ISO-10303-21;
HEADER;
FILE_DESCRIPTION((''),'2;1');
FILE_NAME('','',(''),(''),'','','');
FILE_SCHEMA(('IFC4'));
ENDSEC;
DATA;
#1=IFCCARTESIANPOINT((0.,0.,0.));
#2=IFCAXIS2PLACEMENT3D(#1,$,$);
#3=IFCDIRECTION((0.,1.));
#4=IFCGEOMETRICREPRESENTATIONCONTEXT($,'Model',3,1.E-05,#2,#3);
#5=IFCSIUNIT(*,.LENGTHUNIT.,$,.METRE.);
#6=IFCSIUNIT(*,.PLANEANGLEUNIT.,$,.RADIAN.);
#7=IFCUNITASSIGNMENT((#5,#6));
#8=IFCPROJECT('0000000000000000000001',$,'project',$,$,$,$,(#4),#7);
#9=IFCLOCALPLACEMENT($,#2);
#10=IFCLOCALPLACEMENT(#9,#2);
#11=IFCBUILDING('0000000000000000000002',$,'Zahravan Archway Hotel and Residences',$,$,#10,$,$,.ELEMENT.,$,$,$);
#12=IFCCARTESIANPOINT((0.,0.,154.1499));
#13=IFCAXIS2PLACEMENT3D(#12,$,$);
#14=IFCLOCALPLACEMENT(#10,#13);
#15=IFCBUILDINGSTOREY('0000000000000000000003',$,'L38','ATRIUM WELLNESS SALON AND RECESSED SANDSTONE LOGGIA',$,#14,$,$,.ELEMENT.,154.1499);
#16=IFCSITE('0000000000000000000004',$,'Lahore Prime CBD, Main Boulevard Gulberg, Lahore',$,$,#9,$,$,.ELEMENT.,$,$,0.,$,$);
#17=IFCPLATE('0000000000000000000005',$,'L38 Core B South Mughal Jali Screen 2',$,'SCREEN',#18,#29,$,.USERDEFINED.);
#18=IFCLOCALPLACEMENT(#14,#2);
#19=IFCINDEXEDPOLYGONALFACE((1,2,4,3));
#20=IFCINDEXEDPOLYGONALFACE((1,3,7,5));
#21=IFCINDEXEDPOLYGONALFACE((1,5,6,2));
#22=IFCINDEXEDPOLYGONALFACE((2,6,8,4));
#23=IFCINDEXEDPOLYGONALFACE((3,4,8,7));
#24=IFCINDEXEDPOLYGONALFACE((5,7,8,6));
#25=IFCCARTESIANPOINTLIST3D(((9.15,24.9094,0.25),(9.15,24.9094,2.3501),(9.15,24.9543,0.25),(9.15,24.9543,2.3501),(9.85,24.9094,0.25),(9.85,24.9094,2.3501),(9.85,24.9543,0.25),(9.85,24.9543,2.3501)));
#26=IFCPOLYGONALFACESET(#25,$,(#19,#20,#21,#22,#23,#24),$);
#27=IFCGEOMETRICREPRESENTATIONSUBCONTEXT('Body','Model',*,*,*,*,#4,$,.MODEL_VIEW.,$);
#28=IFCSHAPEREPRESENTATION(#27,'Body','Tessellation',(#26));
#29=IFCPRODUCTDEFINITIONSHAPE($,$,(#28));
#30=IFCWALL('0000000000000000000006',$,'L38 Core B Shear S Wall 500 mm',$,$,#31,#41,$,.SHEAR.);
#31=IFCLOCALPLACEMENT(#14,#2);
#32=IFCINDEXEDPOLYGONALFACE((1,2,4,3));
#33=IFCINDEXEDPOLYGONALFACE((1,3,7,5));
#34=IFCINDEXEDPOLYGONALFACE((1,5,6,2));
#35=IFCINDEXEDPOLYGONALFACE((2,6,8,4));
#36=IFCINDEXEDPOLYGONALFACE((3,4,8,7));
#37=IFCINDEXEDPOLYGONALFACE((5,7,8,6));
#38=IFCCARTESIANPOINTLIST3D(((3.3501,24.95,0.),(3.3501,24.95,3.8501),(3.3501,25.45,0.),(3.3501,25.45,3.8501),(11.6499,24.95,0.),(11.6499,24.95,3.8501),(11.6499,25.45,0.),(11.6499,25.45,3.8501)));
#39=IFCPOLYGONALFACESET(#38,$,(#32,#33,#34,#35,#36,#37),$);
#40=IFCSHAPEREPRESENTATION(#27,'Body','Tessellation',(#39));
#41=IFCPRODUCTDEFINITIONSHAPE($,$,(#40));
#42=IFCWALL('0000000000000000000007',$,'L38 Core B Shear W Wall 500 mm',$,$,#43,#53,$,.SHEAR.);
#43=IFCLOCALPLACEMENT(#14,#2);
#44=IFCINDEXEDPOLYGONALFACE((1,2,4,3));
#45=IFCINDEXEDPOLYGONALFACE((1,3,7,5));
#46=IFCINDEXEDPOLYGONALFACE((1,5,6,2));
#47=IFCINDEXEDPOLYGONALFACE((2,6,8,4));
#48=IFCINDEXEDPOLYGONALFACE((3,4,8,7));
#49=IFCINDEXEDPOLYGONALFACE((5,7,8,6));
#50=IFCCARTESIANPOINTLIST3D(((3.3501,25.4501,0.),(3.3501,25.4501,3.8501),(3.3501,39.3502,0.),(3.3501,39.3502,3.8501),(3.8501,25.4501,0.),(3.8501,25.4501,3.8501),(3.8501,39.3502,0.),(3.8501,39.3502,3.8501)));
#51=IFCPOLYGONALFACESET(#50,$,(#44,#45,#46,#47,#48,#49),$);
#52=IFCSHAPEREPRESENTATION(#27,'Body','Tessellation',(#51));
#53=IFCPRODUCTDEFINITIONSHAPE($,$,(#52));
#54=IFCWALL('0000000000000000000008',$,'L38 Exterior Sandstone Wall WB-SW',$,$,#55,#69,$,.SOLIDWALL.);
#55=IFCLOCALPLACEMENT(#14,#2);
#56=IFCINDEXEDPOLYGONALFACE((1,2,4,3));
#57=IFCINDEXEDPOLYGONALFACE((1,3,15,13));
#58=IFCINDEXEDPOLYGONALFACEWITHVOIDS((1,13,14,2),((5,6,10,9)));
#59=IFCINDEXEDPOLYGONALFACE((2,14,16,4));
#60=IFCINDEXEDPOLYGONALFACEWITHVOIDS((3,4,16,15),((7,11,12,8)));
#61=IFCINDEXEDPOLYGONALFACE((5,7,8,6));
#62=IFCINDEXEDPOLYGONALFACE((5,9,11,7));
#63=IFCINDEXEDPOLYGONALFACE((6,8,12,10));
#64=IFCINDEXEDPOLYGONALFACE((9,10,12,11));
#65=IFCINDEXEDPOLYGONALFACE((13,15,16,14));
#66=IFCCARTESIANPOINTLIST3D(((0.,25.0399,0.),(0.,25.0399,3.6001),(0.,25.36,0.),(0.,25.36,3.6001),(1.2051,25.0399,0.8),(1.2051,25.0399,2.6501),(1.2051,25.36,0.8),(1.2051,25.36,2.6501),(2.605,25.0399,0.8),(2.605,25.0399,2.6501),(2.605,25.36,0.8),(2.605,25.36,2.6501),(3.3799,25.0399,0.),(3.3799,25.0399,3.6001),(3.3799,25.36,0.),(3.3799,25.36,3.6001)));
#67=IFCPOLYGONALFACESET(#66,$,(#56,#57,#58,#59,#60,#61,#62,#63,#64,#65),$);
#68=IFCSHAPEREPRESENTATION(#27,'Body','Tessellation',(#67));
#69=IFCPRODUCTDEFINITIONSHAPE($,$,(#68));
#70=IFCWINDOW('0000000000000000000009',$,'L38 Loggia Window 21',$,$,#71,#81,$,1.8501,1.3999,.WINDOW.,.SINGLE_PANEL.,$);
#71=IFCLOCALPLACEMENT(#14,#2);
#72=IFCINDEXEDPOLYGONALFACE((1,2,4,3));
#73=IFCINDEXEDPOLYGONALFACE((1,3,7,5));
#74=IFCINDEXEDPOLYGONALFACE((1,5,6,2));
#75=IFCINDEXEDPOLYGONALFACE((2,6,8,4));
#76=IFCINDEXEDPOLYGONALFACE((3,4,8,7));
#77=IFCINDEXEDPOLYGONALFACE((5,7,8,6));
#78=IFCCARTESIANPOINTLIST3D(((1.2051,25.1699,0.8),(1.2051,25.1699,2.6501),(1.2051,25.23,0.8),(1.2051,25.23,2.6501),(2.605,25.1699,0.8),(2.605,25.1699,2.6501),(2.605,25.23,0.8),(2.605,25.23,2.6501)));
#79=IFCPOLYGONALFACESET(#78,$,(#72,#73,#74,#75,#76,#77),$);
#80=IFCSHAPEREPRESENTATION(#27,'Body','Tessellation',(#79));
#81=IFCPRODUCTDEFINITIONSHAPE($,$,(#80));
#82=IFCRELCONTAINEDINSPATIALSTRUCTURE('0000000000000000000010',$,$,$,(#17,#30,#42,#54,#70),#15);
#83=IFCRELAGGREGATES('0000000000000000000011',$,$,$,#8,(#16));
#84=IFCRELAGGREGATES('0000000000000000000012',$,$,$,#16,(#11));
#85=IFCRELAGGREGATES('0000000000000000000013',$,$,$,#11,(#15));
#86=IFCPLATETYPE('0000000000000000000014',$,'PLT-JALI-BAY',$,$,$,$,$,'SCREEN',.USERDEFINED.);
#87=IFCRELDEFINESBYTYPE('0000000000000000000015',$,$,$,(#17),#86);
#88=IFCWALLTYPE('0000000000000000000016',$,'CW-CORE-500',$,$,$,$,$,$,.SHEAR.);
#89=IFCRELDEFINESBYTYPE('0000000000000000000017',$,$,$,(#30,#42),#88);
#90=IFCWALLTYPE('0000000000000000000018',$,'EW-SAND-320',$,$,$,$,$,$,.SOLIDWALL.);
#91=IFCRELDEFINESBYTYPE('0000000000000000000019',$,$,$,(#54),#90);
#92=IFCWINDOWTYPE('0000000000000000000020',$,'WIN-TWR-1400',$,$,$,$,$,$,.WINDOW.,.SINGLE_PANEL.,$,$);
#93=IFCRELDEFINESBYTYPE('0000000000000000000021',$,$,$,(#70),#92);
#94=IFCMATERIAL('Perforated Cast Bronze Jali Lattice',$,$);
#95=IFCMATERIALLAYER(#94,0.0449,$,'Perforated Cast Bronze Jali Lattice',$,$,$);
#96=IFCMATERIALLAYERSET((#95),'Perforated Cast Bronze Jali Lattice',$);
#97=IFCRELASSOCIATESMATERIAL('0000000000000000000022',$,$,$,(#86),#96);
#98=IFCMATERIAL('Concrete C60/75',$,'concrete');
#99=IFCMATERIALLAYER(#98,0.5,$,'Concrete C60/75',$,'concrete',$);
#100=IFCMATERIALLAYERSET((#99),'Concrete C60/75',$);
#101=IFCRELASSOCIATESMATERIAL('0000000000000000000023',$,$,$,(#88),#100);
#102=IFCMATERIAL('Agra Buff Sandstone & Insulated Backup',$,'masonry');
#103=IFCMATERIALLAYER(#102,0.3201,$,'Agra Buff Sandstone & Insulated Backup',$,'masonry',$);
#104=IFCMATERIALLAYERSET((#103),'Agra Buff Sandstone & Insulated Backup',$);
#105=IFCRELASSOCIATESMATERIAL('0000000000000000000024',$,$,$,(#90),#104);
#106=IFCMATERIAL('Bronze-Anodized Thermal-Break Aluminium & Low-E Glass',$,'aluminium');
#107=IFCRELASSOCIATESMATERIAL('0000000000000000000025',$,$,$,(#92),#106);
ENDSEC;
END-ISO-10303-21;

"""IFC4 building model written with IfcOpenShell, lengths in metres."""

from ifc_helpers import new_model, si_unit, direction, frame, frame_2d, origin, origin_2d, place, context, subcontext, project, spatial, rectangle, extrude, source, transform, mapped, material, layer, layer_set, type_object, type_shapes, element, fill, save


model = new_model("IFC4")

# Units and contexts
model_context = context("Model", 3, precision=1e-05, world=origin(), true_north=direction((0.0, 1.0)))
body_context = subcontext(model_context, "Body", "Model", "MODEL_VIEW")
ifc_project = project(units=[si_unit("LENGTHUNIT", "METRE"), si_unit("PLANEANGLEUNIT", "RADIAN")], contexts=[model_context])

# Site, building, storey
site_placement = place(None, origin())
site = spatial("IfcSite", under=ifc_project, at=site_placement, Name="Lahore Prime CBD, Main Boulevard Gulberg, Lahore", CompositionType="ELEMENT", RefElevation=0.0)
building_placement = place(site_placement, origin())
building = spatial("IfcBuilding", under=site, at=building_placement, Name="Zahravan Archway Hotel and Residences", CompositionType="ELEMENT")
storey_placement = place(building_placement, frame((0.0, 0.0, 154.1499)))
storey = spatial("IfcBuildingStorey", under=building, at=storey_placement, Name="L38", Description="ATRIUM WELLNESS SALON AND RECESSED SANDSTONE LOGGIA", CompositionType="ELEMENT", Elevation=154.1499)

# Shared definitions
ifc_material_1 = material(Name="Concrete C60/75", Category="concrete")

# Plate
ifc_material_2 = material(Name="Perforated Cast Bronze Jali Lattice")
ifc_layer_1 = layer(ifc_material_2, 0.0449, Name="Perforated Cast Bronze Jali Lattice")
ifc_layer_set_1 = layer_set([ifc_layer_1], Name="Perforated Cast Bronze Jali Lattice")
plate_type = type_object("IfcPlateType", Name="PLT-JALI-BAY", ElementType="SCREEN", PredefinedType="USERDEFINED", material=ifc_layer_set_1)
shared_shape_1 = source(origin(), body_context, "Body", "SweptSolid", [
    extrude(rectangle(XDim=0.7, YDim=0.0449, at=origin_2d()), origin(), (0.0, 0.0, 1.0), 2.1001),
])
type_shapes(plate_type, [shared_shape_1])
for number, where, z_axis, x_axis, name in (
    (1, (9.5, 24.9319, 0.25), (0.0, 0.0, 1.0), (1.0, 0.0, 0.0), "L38 Core B South Mughal Jali Screen 2"),
):
    element("IfcPlate", number, at=place(storey_placement, frame(where, z_axis=z_axis, x_axis=x_axis)), inside=storey, type_object=plate_type, Name=name, ObjectType="SCREEN", PredefinedType="USERDEFINED", context=body_context, shape_type="MappedRepresentation", body=[
        mapped(shared_shape_1, transform((0.0, 0.0, 0.0), scale=1.0)),
    ])

# Walls
ifc_layer_2 = layer(ifc_material_1, 0.5, Name="Concrete C60/75", Category="concrete")
ifc_layer_set_2 = layer_set([ifc_layer_2], Name="Concrete C60/75")
wall_type_1 = type_object("IfcWallType", Name="CW-CORE-500", PredefinedType="SHEAR", material=ifc_layer_set_2)
wall_1_placement = place(storey_placement, frame((3.3501, 25.2, 0.0), z_axis=(0.0, 0.0, 1.0), x_axis=(1.0, 0.0, 0.0)))
element("IfcWall", 2, at=wall_1_placement, inside=storey, type_object=wall_type_1, Name="L38 Core B Shear S Wall 500 mm", PredefinedType="SHEAR", context=body_context, shape_type="SweptSolid", body=[
    extrude(rectangle(XDim=8.2998, YDim=0.5, at=frame_2d((4.1499, 0.0))), origin(), (0.0, 0.0, 1.0), 3.8501),
])
wall_2_placement = place(storey_placement, frame((3.6001, 25.45, 0.0), z_axis=(0.0, 0.0, 1.0), x_axis=(0.0, 1.0, 0.0)))
element("IfcWall", 3, at=wall_2_placement, inside=storey, type_object=wall_type_1, Name="L38 Core B Shear W Wall 500 mm", PredefinedType="SHEAR", context=body_context, shape_type="SweptSolid", body=[
    extrude(rectangle(XDim=13.9001, YDim=0.5, at=frame_2d((6.9502, 0.0))), origin(), (0.0, 0.0, 1.0), 3.8501),
])

# Wall, opening, window
ifc_material_3 = material(Name="Agra Buff Sandstone & Insulated Backup", Category="masonry")
ifc_layer_3 = layer(ifc_material_3, 0.3201, Name="Agra Buff Sandstone & Insulated Backup", Category="masonry")
ifc_layer_set_3 = layer_set([ifc_layer_3], Name="Agra Buff Sandstone & Insulated Backup")
wall_type_2 = type_object("IfcWallType", Name="EW-SAND-320", PredefinedType="SOLIDWALL", material=ifc_layer_set_3)
wall_3_placement = place(storey_placement, frame((0.0, 25.2, 0.0), z_axis=(0.0, 0.0, 1.0), x_axis=(1.0, 0.0, 0.0)))
wall_3 = element("IfcWall", 4, at=wall_3_placement, inside=storey, type_object=wall_type_2, Name="L38 Exterior Sandstone Wall WB-SW", PredefinedType="SOLIDWALL", context=body_context, shape_type="SweptSolid", body=[
    extrude(rectangle(XDim=3.3799, YDim=0.3201, at=frame_2d((1.6899, 0.0))), origin(), (0.0, 0.0, 1.0), 3.6001),
])
opening_1_placement = place(wall_3_placement, frame((1.2051, 0.0, 0.8)))
opening_1 = element("IfcOpeningElement", 5, at=opening_1_placement, cuts=wall_3, PredefinedType="OPENING", context=body_context, shape_type="SweptSolid", body=[
    extrude(rectangle(XDim=1.3999, YDim=1.8501, at=frame_2d((0.7, 0.925))), frame((0.0, 0.1699, 0.0), z_axis=(0.0, -1.0, 0.0), x_axis=(1.0, 0.0, 0.0)), (0.0, 0.0, 1.0), 0.3401),
])
ifc_material_4 = material(Name="Bronze-Anodized Thermal-Break Aluminium & Low-E Glass", Category="aluminium")
window_type_1 = type_object("IfcWindowType", Name="WIN-TWR-1400", PartitioningType="SINGLE_PANEL", PredefinedType="WINDOW", material=ifc_material_4)
shared_shape_2 = source(origin(), body_context, "Body", "SweptSolid", [
    extrude(rectangle(XDim=1.3999, YDim=1.8501, at=frame_2d((0.7, 0.925))), frame((0.0, 0.03, 0.0), z_axis=(0.0, -1.0, 0.0), x_axis=(1.0, 0.0, 0.0)), (0.0, 0.0, 1.0), 0.0601),
])
type_shapes(window_type_1, [shared_shape_2])
window_1_placement = place(opening_1_placement, origin())
window_1 = element("IfcWindow", 6, at=window_1_placement, inside=storey, type_object=window_type_1, Name="L38 Loggia Window 21", OverallHeight=1.8501, OverallWidth=1.3999, PartitioningType="SINGLE_PANEL", PredefinedType="WINDOW", context=body_context, shape_type="MappedRepresentation", body=[
    mapped(shared_shape_2, transform((0.0, 0.0, 0.0), scale=1.0)),
])
fill(opening_1, window_1)

save(model, "model.ifc")
